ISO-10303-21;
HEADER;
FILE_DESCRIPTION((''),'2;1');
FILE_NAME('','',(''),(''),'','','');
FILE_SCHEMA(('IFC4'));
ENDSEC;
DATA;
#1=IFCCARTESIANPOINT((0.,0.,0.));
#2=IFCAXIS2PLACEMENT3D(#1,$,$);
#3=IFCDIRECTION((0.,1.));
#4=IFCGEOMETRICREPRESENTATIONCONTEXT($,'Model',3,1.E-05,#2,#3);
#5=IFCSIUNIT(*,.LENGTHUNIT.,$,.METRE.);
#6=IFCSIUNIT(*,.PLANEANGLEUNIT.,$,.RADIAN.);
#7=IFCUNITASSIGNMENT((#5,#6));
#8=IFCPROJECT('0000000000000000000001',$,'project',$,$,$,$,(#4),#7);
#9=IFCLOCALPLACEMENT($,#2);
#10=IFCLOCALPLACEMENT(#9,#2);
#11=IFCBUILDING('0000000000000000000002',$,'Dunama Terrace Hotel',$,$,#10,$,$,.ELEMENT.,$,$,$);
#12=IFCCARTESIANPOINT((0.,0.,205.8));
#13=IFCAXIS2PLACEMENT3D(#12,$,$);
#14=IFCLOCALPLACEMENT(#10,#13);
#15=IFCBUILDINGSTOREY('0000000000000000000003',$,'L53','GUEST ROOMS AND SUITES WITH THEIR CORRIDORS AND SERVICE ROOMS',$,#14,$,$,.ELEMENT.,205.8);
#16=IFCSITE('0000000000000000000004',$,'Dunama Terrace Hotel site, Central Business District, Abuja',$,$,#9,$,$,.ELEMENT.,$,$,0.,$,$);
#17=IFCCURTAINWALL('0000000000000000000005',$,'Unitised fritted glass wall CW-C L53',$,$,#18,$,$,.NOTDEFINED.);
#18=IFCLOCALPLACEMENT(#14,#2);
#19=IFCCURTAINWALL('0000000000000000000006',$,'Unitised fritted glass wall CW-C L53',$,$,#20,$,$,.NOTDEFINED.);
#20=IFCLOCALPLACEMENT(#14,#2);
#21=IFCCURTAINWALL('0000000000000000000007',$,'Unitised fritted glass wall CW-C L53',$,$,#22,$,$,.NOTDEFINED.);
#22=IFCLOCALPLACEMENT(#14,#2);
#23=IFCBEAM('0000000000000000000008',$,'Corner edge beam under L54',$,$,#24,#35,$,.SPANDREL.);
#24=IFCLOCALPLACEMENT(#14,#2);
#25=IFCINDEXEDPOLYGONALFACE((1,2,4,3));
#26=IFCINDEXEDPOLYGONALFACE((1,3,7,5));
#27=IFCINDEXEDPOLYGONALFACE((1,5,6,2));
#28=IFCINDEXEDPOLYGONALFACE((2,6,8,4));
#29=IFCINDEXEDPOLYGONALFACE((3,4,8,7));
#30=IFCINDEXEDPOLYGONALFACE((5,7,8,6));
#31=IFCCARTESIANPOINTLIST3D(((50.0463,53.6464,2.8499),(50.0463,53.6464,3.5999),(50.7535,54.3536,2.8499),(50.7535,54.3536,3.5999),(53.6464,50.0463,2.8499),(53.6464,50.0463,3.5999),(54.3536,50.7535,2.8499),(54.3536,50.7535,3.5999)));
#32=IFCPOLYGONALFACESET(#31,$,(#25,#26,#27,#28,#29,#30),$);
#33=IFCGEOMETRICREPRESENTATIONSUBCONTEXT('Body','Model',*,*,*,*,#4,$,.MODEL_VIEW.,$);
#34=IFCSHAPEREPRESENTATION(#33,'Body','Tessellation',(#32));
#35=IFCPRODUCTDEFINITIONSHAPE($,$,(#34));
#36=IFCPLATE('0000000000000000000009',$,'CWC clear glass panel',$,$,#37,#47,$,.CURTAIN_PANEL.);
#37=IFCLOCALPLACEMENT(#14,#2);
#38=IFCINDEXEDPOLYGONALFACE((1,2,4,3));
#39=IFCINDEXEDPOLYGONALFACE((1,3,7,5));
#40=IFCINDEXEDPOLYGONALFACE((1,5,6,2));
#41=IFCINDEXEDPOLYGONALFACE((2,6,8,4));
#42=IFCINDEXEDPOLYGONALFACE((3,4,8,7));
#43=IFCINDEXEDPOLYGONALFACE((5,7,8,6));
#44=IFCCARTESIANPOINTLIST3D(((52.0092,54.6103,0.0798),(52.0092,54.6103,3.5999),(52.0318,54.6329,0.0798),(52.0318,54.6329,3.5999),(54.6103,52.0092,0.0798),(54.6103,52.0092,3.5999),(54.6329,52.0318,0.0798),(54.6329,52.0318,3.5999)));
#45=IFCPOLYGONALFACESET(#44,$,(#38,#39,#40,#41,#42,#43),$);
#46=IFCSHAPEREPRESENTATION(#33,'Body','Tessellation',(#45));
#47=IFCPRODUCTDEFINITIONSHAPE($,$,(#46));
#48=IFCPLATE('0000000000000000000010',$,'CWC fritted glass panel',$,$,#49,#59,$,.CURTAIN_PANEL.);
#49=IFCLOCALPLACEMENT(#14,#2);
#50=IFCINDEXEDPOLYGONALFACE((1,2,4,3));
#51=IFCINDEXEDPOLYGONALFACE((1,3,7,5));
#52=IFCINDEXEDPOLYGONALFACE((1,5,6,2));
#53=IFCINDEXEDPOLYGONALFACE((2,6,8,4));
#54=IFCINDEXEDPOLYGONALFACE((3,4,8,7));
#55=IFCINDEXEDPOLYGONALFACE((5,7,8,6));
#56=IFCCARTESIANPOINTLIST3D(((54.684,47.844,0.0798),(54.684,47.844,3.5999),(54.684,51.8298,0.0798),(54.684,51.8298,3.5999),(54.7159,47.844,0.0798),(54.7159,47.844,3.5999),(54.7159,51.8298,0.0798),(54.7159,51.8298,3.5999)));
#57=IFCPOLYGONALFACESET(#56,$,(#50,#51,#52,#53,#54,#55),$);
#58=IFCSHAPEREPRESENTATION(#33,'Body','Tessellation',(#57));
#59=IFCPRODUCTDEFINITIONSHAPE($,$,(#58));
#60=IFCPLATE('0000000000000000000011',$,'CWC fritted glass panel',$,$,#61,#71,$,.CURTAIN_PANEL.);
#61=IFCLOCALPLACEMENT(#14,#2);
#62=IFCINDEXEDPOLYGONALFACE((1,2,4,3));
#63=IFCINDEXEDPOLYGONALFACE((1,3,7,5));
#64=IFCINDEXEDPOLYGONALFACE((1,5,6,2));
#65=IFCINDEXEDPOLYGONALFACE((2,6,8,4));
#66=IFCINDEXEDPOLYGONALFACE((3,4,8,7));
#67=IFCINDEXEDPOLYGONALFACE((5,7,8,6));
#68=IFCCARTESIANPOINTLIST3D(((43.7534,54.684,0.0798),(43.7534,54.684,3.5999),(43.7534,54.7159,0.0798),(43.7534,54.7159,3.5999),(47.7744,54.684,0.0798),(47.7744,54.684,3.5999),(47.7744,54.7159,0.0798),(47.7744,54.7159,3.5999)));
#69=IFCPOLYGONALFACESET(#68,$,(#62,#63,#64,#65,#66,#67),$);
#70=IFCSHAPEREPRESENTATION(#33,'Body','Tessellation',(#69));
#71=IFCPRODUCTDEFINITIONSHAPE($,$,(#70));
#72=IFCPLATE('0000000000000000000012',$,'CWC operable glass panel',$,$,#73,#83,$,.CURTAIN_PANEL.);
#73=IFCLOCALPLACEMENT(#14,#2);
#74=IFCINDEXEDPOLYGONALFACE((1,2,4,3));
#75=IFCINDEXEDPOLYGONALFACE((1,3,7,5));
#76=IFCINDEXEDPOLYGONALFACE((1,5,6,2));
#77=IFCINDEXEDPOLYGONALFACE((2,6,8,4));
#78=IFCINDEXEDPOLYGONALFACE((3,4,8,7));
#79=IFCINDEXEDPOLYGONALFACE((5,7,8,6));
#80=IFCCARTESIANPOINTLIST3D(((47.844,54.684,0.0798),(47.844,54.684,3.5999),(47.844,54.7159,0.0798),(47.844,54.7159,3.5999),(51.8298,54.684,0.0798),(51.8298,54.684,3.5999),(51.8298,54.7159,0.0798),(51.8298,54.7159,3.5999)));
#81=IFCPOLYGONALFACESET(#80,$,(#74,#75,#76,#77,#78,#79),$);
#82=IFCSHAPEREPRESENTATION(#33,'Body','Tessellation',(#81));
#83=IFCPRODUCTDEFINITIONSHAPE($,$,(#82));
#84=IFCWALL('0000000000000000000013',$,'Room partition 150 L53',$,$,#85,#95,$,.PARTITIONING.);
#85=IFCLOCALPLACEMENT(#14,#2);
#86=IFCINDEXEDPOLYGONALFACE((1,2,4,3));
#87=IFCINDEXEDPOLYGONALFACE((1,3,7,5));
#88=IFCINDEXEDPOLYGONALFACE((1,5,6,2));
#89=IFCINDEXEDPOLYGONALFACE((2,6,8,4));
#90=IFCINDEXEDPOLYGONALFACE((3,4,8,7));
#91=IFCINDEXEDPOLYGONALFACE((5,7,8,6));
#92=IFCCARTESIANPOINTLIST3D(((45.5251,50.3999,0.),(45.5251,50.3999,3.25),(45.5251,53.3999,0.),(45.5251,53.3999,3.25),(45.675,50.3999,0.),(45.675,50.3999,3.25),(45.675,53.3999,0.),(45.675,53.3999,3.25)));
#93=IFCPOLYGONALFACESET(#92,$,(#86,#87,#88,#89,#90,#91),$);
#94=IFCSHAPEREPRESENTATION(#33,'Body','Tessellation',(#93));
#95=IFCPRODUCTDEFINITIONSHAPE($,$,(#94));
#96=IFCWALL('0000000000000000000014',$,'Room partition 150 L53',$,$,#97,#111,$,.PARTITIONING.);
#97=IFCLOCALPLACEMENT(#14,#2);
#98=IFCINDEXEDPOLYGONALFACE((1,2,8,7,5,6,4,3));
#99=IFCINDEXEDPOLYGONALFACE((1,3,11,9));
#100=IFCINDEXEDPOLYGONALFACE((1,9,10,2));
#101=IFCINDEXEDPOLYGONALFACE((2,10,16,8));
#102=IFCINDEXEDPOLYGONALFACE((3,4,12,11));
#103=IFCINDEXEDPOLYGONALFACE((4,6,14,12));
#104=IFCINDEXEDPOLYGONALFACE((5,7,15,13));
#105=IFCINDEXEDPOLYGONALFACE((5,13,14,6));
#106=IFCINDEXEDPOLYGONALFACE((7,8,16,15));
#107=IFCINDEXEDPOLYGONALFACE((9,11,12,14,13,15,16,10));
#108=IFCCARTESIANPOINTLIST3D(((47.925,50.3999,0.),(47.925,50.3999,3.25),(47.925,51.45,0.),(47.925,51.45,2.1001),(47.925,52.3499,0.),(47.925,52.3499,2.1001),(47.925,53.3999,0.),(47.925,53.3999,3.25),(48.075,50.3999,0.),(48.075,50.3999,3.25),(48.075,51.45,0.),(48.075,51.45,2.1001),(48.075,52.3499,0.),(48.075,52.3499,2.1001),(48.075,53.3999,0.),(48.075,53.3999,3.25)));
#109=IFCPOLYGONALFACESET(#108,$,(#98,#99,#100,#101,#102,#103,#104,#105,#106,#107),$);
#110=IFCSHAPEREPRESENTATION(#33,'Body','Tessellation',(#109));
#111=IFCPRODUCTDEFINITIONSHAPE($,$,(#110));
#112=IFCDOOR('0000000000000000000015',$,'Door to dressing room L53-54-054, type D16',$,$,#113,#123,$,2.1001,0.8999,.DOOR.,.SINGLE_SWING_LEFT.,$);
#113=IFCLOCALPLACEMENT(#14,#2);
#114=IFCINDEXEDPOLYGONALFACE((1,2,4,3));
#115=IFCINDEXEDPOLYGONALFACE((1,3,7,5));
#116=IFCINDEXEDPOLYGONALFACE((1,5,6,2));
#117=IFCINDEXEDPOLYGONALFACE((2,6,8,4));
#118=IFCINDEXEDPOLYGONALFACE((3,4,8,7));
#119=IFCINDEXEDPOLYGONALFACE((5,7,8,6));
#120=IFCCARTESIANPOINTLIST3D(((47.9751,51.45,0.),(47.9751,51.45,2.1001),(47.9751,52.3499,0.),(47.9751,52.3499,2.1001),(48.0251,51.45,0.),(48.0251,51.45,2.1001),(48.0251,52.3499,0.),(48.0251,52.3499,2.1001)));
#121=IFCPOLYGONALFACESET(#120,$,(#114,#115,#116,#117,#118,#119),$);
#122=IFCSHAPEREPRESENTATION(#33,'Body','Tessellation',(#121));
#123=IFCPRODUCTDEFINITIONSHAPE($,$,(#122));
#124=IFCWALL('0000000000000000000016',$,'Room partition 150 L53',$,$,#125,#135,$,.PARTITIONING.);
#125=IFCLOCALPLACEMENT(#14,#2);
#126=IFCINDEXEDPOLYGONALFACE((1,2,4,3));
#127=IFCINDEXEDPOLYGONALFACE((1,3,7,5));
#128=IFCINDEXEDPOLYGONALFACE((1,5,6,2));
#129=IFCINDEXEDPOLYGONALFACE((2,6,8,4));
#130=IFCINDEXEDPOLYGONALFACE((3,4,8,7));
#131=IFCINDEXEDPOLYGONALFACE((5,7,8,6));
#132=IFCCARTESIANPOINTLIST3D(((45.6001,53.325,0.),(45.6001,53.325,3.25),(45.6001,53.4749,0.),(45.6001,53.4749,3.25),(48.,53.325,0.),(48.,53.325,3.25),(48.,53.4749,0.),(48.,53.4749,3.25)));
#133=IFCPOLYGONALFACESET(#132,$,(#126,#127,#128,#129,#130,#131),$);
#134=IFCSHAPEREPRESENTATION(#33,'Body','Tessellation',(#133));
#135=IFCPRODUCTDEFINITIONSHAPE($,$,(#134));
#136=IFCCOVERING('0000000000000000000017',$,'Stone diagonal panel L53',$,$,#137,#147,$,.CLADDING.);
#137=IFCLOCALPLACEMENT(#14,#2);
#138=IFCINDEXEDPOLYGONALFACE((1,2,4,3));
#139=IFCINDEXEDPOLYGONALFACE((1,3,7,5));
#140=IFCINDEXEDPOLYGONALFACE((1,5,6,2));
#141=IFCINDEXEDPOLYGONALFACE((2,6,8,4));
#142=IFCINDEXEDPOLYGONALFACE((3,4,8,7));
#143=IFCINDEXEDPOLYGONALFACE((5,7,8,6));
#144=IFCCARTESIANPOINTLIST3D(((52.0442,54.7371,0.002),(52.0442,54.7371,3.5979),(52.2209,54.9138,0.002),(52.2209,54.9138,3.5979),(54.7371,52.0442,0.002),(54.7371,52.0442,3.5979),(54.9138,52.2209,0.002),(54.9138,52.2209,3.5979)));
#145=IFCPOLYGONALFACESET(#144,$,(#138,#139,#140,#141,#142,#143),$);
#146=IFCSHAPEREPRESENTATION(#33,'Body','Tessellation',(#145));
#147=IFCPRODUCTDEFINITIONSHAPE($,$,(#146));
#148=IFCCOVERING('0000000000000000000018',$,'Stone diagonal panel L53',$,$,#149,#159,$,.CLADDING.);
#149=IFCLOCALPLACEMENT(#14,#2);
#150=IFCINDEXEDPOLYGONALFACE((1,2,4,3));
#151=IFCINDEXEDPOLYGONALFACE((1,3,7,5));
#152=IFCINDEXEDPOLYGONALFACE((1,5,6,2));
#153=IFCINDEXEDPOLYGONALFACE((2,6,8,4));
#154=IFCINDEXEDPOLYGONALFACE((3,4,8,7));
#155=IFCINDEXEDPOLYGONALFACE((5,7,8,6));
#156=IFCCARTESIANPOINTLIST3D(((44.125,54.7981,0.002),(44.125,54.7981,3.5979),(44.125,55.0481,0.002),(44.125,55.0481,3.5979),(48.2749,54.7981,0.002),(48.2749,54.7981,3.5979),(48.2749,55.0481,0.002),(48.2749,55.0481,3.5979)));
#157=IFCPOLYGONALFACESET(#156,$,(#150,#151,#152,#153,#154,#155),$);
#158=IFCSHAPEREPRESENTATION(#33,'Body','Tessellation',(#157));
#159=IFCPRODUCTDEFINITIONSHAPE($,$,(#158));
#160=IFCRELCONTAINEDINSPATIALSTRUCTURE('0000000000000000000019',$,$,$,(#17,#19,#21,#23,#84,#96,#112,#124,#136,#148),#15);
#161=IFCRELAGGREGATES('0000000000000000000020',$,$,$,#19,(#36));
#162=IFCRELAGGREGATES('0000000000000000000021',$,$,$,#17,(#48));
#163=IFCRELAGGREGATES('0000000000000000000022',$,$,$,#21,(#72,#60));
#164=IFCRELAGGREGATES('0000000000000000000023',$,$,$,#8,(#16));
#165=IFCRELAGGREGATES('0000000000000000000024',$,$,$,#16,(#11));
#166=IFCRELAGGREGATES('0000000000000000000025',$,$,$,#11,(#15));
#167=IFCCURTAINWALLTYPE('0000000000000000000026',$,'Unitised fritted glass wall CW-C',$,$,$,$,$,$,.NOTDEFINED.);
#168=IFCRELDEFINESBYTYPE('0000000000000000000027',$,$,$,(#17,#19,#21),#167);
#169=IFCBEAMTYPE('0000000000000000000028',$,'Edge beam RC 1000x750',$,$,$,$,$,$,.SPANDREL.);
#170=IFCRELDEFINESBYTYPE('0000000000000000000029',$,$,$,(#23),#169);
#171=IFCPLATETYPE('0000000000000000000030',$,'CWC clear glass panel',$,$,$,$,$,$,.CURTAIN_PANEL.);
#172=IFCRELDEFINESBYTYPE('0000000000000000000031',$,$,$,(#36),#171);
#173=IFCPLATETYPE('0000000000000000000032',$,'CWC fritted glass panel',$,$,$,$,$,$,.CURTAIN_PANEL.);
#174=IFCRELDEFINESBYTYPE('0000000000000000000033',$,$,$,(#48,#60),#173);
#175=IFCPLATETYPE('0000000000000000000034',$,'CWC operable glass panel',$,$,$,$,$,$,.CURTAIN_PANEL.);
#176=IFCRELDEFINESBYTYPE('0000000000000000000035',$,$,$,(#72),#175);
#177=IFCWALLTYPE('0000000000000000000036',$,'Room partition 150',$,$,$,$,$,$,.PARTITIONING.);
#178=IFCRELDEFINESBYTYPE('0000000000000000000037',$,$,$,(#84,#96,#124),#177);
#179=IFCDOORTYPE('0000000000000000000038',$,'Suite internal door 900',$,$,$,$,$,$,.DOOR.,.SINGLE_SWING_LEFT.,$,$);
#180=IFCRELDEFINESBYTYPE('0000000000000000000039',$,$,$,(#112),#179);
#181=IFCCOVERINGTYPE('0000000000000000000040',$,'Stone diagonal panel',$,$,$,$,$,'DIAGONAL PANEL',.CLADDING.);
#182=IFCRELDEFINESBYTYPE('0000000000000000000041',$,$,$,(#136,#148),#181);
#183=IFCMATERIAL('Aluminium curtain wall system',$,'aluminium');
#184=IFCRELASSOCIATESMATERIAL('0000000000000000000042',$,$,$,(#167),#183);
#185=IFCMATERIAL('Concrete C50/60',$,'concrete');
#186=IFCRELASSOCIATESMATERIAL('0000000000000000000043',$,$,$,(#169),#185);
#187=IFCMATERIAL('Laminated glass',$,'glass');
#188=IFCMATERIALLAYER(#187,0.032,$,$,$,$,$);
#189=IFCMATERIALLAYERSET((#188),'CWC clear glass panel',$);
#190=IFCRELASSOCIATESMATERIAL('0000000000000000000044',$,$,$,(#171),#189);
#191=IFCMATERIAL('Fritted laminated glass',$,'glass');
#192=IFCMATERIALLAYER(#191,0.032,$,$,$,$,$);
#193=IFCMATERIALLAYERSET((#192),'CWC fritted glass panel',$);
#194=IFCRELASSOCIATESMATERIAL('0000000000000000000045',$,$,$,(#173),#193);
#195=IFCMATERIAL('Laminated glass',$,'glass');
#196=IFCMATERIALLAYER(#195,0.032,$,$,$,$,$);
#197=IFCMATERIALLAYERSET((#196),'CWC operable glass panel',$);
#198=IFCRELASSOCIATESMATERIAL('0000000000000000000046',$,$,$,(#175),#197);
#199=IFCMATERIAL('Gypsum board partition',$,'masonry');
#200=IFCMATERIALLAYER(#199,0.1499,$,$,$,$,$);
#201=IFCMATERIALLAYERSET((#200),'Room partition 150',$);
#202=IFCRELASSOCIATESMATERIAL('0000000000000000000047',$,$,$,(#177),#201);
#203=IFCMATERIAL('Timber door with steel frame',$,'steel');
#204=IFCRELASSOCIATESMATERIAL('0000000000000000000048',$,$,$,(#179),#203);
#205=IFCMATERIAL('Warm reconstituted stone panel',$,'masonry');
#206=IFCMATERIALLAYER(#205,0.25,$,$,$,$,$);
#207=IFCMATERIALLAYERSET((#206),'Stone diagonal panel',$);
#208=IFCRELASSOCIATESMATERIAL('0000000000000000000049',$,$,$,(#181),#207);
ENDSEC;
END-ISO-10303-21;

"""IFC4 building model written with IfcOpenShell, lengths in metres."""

from ifc_helpers import new_model, si_unit, direction, frame, frame_2d, origin, origin_2d, place, context, subcontext, project, spatial, rectangle, extrude, material, layer, layer_set, material_profile, profile_set, type_object, element, fill, aggregate, save


model = new_model("IFC4")

# Units and contexts
model_context = context("Model", 3, precision=1e-05, world=origin(), true_north=direction((0.0, 1.0)))
body_context = subcontext(model_context, "Body", "Model", "MODEL_VIEW")
ifc_project = project(units=[si_unit("LENGTHUNIT", "METRE"), si_unit("PLANEANGLEUNIT", "RADIAN")], contexts=[model_context])

# Site, building, storey
site_placement = place(None, origin())
site = spatial("IfcSite", under=ifc_project, at=site_placement, Name="Dunama Terrace Hotel site, Central Business District, Abuja", CompositionType="ELEMENT", RefElevation=0.0)
building_placement = place(site_placement, origin())
building = spatial("IfcBuilding", under=site, at=building_placement, Name="Dunama Terrace Hotel", CompositionType="ELEMENT")
storey_placement = place(building_placement, frame((0.0, 0.0, 205.8)))
storey = spatial("IfcBuildingStorey", under=building, at=storey_placement, Name="L53", Description="GUEST ROOMS AND SUITES WITH THEIR CORRIDORS AND SERVICE ROOMS", CompositionType="ELEMENT", Elevation=205.8)

# Curtain walls
ifc_material_1 = material(Name="Aluminium curtain wall system", Category="aluminium")
curtain_wall_type = type_object("IfcCurtainWallType", Name="Unitised fritted glass wall CW-C", PredefinedType="NOTDEFINED", material=ifc_material_1)
curtain_wall_1_placement = place(storey_placement, origin())
curtain_wall_1 = element("IfcCurtainWall", 1, at=curtain_wall_1_placement, inside=storey, type_object=curtain_wall_type, Name="Unitised fritted glass wall CW-C L53", PredefinedType="NOTDEFINED")
curtain_wall_2_placement = place(storey_placement, origin())
curtain_wall_2 = element("IfcCurtainWall", 2, at=curtain_wall_2_placement, inside=storey, type_object=curtain_wall_type, Name="Unitised fritted glass wall CW-C L53", PredefinedType="NOTDEFINED")
curtain_wall_3_placement = place(storey_placement, origin())
curtain_wall_3 = element("IfcCurtainWall", 3, at=curtain_wall_3_placement, inside=storey, type_object=curtain_wall_type, Name="Unitised fritted glass wall CW-C L53", PredefinedType="NOTDEFINED")

# Beam
ifc_material_2 = material(Name="Concrete C50/60", Category="concrete")
ifc_material_profile_1 = material_profile(ifc_material_2, rectangle(XDim=1.0, YDim=0.75, at=origin_2d()), Name="RC 1000x750")
ifc_profile_set_1 = profile_set([ifc_material_profile_1], Name="Concrete C50/60")
beam_type = type_object("IfcBeamType", Name="Edge beam RC 1000x750", PredefinedType="SPANDREL", material=ifc_profile_set_1)
beam_placement = place(storey_placement, frame((50.3999, 54.0, 3.2249), z_axis=(0.707107, -0.707107, 0.0), x_axis=(0.707107, 0.707107, 0.0)))
element("IfcBeam", 4, at=beam_placement, inside=storey, type_object=beam_type, Name="Corner edge beam under L54", PredefinedType="SPANDREL", context=body_context, shape_type="SweptSolid", body=[
    extrude(rectangle(XDim=1.0, YDim=0.75, at=origin_2d()), origin(), (0.0, 0.0, 1.0), 5.0913),
])

# Plates
ifc_material_3 = material(Name="Laminated glass", Category="glass")
ifc_layer_1 = layer(ifc_material_3, 0.032)
ifc_layer_set_1 = layer_set([ifc_layer_1], Name="CWC clear glass panel")
plate_type_1 = type_object("IfcPlateType", Name="CWC clear glass panel", PredefinedType="CURTAIN_PANEL", material=ifc_layer_set_1)
plate_1_placement = place(storey_placement, frame((53.321, 53.321, 0.0798), z_axis=(0.0, 0.0, 1.0), x_axis=(-0.707107, 0.707107, 0.0)))
plate_1 = element("IfcPlate", 5, at=plate_1_placement, type_object=plate_type_1, Name="CWC clear glass panel", PredefinedType="CURTAIN_PANEL", context=body_context, shape_type="SweptSolid", body=[
    extrude(rectangle(XDim=3.6785, YDim=0.032, at=origin_2d()), origin(), (0.0, 0.0, 1.0), 3.52),
])
aggregate(curtain_wall_2, [plate_1])
ifc_material_4 = material(Name="Fritted laminated glass", Category="glass")
ifc_layer_2 = layer(ifc_material_4, 0.032)
ifc_layer_set_2 = layer_set([ifc_layer_2], Name="CWC fritted glass panel")
plate_type_2 = type_object("IfcPlateType", Name="CWC fritted glass panel", PredefinedType="CURTAIN_PANEL", material=ifc_layer_set_2)
plate_2_placement = place(storey_placement, frame((54.7, 49.8369, 0.0798), z_axis=(0.0, 0.0, 1.0), x_axis=(0.0, 1.0, 0.0)))
plate_2 = element("IfcPlate", 6, at=plate_2_placement, type_object=plate_type_2, Name="CWC fritted glass panel", PredefinedType="CURTAIN_PANEL", context=body_context, shape_type="SweptSolid", body=[
    extrude(rectangle(XDim=3.9858, YDim=0.032, at=origin_2d()), origin(), (0.0, 0.0, 1.0), 3.52),
])
aggregate(curtain_wall_1, [plate_2])
plate_3_placement = place(storey_placement, frame((45.7639, 54.7, 0.0798), z_axis=(0.0, 0.0, 1.0), x_axis=(-1.0, 0.0, 0.0)))
plate_3 = element("IfcPlate", 7, at=plate_3_placement, type_object=plate_type_2, Name="CWC fritted glass panel", PredefinedType="CURTAIN_PANEL", context=body_context, shape_type="SweptSolid", body=[
    extrude(rectangle(XDim=4.021, YDim=0.032, at=origin_2d()), origin(), (0.0, 0.0, 1.0), 3.52),
])
ifc_material_5 = material(Name="Laminated glass", Category="glass")
ifc_layer_3 = layer(ifc_material_5, 0.032)
ifc_layer_set_3 = layer_set([ifc_layer_3], Name="CWC operable glass panel")
plate_type_3 = type_object("IfcPlateType", Name="CWC operable glass panel", PredefinedType="CURTAIN_PANEL", material=ifc_layer_set_3)
plate_4_placement = place(storey_placement, frame((49.8369, 54.7, 0.0798), z_axis=(0.0, 0.0, 1.0), x_axis=(-1.0, 0.0, 0.0)))
plate_4 = element("IfcPlate", 8, at=plate_4_placement, type_object=plate_type_3, Name="CWC operable glass panel", PredefinedType="CURTAIN_PANEL", context=body_context, shape_type="SweptSolid", body=[
    extrude(rectangle(XDim=3.9858, YDim=0.032, at=origin_2d()), origin(), (0.0, 0.0, 1.0), 3.52),
])
aggregate(curtain_wall_3, [plate_4, plate_3])

# Wall
ifc_material_6 = material(Name="Gypsum board partition", Category="masonry")
ifc_layer_4 = layer(ifc_material_6, 0.1499)
ifc_layer_set_4 = layer_set([ifc_layer_4], Name="Room partition 150")
wall_type = type_object("IfcWallType", Name="Room partition 150", PredefinedType="PARTITIONING", material=ifc_layer_set_4)
wall_1_placement = place(storey_placement, frame((45.6001, 50.3999, 0.0), z_axis=(0.0, 0.0, 1.0), x_axis=(0.0, 1.0, 0.0)))
element("IfcWall", 9, at=wall_1_placement, inside=storey, type_object=wall_type, Name="Room partition 150 L53", PredefinedType="PARTITIONING", context=body_context, shape_type="SweptSolid", body=[
    extrude(rectangle(XDim=3.0, YDim=0.1499, at=frame_2d((1.5, 0.0))), origin(), (0.0, 0.0, 1.0), 3.25),
])

# Wall, opening, door
wall_2_placement = place(storey_placement, frame((48.0, 50.3999, 0.0), z_axis=(0.0, 0.0, 1.0), x_axis=(0.0, 1.0, 0.0)))
wall_2 = element("IfcWall", 10, at=wall_2_placement, inside=storey, type_object=wall_type, Name="Room partition 150 L53", PredefinedType="PARTITIONING", context=body_context, shape_type="SweptSolid", body=[
    extrude(rectangle(XDim=3.0, YDim=0.1499, at=frame_2d((1.5, 0.0))), origin(), (0.0, 0.0, 1.0), 3.25),
])
opening_placement = place(wall_2_placement, frame((1.05, 0.0, 0.0)))
opening = element("IfcOpeningElement", 11, at=opening_placement, cuts=wall_2, PredefinedType="OPENING", context=body_context, shape_type="SweptSolid", body=[
    extrude(rectangle(XDim=0.8999, YDim=2.1001, at=frame_2d((0.45, 1.05))), frame((0.0, 0.085, 0.0), z_axis=(0.0, -1.0, 0.0), x_axis=(1.0, 0.0, 0.0)), (0.0, 0.0, 1.0), 0.1699),
])
ifc_material_7 = material(Name="Timber door with steel frame", Category="steel")
door_type = type_object("IfcDoorType", Name="Suite internal door 900", OperationType="SINGLE_SWING_LEFT", PredefinedType="DOOR", material=ifc_material_7)
door_placement = place(opening_placement, origin())
door = element("IfcDoor", 12, at=door_placement, inside=storey, type_object=door_type, Name="Door to dressing room L53-54-054, type D16", OperationType="SINGLE_SWING_LEFT", OverallHeight=2.1001, OverallWidth=0.8999, PredefinedType="DOOR", context=body_context, shape_type="SweptSolid", body=[
    extrude(rectangle(XDim=0.8999, YDim=2.1001, at=frame_2d((0.45, 1.05))), frame((0.0, 0.0249, 0.0), z_axis=(0.0, -1.0, 0.0), x_axis=(1.0, 0.0, 0.0)), (0.0, 0.0, 1.0), 0.05),
])
fill(opening, door)

# Wall
wall_3_placement = place(storey_placement, frame((45.6001, 53.3999, 0.0), z_axis=(0.0, 0.0, 1.0), x_axis=(1.0, 0.0, 0.0)))
element("IfcWall", 13, at=wall_3_placement, inside=storey, type_object=wall_type, Name="Room partition 150 L53", PredefinedType="PARTITIONING", context=body_context, shape_type="SweptSolid", body=[
    extrude(rectangle(XDim=2.3999, YDim=0.1499, at=frame_2d((1.2, 0.0))), origin(), (0.0, 0.0, 1.0), 3.25),
])

# Coverings
ifc_material_8 = material(Name="Warm reconstituted stone panel", Category="masonry")
ifc_layer_5 = layer(ifc_material_8, 0.25)
ifc_layer_set_5 = layer_set([ifc_layer_5], Name="Stone diagonal panel")
covering_type = type_object("IfcCoveringType", Name="Stone diagonal panel", ElementType="DIAGONAL PANEL", PredefinedType="CLADDING", material=ifc_layer_set_5)
covering_1_placement = place(storey_placement, frame((53.479, 53.479, 0.002), z_axis=(0.0, 0.0, 1.0), x_axis=(-0.707107, 0.707107, 0.0)))
element("IfcCovering", 14, at=covering_1_placement, inside=storey, type_object=covering_type, Name="Stone diagonal panel L53", PredefinedType="CLADDING", context=body_context, shape_type="SweptSolid", body=[
    extrude(rectangle(XDim=3.8083, YDim=0.25, at=origin_2d()), origin(), (0.0, 0.0, 1.0), 3.5959),
])
covering_2_placement = place(storey_placement, frame((46.2, 54.9231, 0.002), z_axis=(0.0, 0.0, 1.0), x_axis=(-1.0, 0.0, 0.0)))
element("IfcCovering", 15, at=covering_2_placement, inside=storey, type_object=covering_type, Name="Stone diagonal panel L53", PredefinedType="CLADDING", context=body_context, shape_type="SweptSolid", body=[
    extrude(rectangle(XDim=4.1499, YDim=0.25, at=origin_2d()), origin(), (0.0, 0.0, 1.0), 3.5959),
])

save(model, "model.ifc")
